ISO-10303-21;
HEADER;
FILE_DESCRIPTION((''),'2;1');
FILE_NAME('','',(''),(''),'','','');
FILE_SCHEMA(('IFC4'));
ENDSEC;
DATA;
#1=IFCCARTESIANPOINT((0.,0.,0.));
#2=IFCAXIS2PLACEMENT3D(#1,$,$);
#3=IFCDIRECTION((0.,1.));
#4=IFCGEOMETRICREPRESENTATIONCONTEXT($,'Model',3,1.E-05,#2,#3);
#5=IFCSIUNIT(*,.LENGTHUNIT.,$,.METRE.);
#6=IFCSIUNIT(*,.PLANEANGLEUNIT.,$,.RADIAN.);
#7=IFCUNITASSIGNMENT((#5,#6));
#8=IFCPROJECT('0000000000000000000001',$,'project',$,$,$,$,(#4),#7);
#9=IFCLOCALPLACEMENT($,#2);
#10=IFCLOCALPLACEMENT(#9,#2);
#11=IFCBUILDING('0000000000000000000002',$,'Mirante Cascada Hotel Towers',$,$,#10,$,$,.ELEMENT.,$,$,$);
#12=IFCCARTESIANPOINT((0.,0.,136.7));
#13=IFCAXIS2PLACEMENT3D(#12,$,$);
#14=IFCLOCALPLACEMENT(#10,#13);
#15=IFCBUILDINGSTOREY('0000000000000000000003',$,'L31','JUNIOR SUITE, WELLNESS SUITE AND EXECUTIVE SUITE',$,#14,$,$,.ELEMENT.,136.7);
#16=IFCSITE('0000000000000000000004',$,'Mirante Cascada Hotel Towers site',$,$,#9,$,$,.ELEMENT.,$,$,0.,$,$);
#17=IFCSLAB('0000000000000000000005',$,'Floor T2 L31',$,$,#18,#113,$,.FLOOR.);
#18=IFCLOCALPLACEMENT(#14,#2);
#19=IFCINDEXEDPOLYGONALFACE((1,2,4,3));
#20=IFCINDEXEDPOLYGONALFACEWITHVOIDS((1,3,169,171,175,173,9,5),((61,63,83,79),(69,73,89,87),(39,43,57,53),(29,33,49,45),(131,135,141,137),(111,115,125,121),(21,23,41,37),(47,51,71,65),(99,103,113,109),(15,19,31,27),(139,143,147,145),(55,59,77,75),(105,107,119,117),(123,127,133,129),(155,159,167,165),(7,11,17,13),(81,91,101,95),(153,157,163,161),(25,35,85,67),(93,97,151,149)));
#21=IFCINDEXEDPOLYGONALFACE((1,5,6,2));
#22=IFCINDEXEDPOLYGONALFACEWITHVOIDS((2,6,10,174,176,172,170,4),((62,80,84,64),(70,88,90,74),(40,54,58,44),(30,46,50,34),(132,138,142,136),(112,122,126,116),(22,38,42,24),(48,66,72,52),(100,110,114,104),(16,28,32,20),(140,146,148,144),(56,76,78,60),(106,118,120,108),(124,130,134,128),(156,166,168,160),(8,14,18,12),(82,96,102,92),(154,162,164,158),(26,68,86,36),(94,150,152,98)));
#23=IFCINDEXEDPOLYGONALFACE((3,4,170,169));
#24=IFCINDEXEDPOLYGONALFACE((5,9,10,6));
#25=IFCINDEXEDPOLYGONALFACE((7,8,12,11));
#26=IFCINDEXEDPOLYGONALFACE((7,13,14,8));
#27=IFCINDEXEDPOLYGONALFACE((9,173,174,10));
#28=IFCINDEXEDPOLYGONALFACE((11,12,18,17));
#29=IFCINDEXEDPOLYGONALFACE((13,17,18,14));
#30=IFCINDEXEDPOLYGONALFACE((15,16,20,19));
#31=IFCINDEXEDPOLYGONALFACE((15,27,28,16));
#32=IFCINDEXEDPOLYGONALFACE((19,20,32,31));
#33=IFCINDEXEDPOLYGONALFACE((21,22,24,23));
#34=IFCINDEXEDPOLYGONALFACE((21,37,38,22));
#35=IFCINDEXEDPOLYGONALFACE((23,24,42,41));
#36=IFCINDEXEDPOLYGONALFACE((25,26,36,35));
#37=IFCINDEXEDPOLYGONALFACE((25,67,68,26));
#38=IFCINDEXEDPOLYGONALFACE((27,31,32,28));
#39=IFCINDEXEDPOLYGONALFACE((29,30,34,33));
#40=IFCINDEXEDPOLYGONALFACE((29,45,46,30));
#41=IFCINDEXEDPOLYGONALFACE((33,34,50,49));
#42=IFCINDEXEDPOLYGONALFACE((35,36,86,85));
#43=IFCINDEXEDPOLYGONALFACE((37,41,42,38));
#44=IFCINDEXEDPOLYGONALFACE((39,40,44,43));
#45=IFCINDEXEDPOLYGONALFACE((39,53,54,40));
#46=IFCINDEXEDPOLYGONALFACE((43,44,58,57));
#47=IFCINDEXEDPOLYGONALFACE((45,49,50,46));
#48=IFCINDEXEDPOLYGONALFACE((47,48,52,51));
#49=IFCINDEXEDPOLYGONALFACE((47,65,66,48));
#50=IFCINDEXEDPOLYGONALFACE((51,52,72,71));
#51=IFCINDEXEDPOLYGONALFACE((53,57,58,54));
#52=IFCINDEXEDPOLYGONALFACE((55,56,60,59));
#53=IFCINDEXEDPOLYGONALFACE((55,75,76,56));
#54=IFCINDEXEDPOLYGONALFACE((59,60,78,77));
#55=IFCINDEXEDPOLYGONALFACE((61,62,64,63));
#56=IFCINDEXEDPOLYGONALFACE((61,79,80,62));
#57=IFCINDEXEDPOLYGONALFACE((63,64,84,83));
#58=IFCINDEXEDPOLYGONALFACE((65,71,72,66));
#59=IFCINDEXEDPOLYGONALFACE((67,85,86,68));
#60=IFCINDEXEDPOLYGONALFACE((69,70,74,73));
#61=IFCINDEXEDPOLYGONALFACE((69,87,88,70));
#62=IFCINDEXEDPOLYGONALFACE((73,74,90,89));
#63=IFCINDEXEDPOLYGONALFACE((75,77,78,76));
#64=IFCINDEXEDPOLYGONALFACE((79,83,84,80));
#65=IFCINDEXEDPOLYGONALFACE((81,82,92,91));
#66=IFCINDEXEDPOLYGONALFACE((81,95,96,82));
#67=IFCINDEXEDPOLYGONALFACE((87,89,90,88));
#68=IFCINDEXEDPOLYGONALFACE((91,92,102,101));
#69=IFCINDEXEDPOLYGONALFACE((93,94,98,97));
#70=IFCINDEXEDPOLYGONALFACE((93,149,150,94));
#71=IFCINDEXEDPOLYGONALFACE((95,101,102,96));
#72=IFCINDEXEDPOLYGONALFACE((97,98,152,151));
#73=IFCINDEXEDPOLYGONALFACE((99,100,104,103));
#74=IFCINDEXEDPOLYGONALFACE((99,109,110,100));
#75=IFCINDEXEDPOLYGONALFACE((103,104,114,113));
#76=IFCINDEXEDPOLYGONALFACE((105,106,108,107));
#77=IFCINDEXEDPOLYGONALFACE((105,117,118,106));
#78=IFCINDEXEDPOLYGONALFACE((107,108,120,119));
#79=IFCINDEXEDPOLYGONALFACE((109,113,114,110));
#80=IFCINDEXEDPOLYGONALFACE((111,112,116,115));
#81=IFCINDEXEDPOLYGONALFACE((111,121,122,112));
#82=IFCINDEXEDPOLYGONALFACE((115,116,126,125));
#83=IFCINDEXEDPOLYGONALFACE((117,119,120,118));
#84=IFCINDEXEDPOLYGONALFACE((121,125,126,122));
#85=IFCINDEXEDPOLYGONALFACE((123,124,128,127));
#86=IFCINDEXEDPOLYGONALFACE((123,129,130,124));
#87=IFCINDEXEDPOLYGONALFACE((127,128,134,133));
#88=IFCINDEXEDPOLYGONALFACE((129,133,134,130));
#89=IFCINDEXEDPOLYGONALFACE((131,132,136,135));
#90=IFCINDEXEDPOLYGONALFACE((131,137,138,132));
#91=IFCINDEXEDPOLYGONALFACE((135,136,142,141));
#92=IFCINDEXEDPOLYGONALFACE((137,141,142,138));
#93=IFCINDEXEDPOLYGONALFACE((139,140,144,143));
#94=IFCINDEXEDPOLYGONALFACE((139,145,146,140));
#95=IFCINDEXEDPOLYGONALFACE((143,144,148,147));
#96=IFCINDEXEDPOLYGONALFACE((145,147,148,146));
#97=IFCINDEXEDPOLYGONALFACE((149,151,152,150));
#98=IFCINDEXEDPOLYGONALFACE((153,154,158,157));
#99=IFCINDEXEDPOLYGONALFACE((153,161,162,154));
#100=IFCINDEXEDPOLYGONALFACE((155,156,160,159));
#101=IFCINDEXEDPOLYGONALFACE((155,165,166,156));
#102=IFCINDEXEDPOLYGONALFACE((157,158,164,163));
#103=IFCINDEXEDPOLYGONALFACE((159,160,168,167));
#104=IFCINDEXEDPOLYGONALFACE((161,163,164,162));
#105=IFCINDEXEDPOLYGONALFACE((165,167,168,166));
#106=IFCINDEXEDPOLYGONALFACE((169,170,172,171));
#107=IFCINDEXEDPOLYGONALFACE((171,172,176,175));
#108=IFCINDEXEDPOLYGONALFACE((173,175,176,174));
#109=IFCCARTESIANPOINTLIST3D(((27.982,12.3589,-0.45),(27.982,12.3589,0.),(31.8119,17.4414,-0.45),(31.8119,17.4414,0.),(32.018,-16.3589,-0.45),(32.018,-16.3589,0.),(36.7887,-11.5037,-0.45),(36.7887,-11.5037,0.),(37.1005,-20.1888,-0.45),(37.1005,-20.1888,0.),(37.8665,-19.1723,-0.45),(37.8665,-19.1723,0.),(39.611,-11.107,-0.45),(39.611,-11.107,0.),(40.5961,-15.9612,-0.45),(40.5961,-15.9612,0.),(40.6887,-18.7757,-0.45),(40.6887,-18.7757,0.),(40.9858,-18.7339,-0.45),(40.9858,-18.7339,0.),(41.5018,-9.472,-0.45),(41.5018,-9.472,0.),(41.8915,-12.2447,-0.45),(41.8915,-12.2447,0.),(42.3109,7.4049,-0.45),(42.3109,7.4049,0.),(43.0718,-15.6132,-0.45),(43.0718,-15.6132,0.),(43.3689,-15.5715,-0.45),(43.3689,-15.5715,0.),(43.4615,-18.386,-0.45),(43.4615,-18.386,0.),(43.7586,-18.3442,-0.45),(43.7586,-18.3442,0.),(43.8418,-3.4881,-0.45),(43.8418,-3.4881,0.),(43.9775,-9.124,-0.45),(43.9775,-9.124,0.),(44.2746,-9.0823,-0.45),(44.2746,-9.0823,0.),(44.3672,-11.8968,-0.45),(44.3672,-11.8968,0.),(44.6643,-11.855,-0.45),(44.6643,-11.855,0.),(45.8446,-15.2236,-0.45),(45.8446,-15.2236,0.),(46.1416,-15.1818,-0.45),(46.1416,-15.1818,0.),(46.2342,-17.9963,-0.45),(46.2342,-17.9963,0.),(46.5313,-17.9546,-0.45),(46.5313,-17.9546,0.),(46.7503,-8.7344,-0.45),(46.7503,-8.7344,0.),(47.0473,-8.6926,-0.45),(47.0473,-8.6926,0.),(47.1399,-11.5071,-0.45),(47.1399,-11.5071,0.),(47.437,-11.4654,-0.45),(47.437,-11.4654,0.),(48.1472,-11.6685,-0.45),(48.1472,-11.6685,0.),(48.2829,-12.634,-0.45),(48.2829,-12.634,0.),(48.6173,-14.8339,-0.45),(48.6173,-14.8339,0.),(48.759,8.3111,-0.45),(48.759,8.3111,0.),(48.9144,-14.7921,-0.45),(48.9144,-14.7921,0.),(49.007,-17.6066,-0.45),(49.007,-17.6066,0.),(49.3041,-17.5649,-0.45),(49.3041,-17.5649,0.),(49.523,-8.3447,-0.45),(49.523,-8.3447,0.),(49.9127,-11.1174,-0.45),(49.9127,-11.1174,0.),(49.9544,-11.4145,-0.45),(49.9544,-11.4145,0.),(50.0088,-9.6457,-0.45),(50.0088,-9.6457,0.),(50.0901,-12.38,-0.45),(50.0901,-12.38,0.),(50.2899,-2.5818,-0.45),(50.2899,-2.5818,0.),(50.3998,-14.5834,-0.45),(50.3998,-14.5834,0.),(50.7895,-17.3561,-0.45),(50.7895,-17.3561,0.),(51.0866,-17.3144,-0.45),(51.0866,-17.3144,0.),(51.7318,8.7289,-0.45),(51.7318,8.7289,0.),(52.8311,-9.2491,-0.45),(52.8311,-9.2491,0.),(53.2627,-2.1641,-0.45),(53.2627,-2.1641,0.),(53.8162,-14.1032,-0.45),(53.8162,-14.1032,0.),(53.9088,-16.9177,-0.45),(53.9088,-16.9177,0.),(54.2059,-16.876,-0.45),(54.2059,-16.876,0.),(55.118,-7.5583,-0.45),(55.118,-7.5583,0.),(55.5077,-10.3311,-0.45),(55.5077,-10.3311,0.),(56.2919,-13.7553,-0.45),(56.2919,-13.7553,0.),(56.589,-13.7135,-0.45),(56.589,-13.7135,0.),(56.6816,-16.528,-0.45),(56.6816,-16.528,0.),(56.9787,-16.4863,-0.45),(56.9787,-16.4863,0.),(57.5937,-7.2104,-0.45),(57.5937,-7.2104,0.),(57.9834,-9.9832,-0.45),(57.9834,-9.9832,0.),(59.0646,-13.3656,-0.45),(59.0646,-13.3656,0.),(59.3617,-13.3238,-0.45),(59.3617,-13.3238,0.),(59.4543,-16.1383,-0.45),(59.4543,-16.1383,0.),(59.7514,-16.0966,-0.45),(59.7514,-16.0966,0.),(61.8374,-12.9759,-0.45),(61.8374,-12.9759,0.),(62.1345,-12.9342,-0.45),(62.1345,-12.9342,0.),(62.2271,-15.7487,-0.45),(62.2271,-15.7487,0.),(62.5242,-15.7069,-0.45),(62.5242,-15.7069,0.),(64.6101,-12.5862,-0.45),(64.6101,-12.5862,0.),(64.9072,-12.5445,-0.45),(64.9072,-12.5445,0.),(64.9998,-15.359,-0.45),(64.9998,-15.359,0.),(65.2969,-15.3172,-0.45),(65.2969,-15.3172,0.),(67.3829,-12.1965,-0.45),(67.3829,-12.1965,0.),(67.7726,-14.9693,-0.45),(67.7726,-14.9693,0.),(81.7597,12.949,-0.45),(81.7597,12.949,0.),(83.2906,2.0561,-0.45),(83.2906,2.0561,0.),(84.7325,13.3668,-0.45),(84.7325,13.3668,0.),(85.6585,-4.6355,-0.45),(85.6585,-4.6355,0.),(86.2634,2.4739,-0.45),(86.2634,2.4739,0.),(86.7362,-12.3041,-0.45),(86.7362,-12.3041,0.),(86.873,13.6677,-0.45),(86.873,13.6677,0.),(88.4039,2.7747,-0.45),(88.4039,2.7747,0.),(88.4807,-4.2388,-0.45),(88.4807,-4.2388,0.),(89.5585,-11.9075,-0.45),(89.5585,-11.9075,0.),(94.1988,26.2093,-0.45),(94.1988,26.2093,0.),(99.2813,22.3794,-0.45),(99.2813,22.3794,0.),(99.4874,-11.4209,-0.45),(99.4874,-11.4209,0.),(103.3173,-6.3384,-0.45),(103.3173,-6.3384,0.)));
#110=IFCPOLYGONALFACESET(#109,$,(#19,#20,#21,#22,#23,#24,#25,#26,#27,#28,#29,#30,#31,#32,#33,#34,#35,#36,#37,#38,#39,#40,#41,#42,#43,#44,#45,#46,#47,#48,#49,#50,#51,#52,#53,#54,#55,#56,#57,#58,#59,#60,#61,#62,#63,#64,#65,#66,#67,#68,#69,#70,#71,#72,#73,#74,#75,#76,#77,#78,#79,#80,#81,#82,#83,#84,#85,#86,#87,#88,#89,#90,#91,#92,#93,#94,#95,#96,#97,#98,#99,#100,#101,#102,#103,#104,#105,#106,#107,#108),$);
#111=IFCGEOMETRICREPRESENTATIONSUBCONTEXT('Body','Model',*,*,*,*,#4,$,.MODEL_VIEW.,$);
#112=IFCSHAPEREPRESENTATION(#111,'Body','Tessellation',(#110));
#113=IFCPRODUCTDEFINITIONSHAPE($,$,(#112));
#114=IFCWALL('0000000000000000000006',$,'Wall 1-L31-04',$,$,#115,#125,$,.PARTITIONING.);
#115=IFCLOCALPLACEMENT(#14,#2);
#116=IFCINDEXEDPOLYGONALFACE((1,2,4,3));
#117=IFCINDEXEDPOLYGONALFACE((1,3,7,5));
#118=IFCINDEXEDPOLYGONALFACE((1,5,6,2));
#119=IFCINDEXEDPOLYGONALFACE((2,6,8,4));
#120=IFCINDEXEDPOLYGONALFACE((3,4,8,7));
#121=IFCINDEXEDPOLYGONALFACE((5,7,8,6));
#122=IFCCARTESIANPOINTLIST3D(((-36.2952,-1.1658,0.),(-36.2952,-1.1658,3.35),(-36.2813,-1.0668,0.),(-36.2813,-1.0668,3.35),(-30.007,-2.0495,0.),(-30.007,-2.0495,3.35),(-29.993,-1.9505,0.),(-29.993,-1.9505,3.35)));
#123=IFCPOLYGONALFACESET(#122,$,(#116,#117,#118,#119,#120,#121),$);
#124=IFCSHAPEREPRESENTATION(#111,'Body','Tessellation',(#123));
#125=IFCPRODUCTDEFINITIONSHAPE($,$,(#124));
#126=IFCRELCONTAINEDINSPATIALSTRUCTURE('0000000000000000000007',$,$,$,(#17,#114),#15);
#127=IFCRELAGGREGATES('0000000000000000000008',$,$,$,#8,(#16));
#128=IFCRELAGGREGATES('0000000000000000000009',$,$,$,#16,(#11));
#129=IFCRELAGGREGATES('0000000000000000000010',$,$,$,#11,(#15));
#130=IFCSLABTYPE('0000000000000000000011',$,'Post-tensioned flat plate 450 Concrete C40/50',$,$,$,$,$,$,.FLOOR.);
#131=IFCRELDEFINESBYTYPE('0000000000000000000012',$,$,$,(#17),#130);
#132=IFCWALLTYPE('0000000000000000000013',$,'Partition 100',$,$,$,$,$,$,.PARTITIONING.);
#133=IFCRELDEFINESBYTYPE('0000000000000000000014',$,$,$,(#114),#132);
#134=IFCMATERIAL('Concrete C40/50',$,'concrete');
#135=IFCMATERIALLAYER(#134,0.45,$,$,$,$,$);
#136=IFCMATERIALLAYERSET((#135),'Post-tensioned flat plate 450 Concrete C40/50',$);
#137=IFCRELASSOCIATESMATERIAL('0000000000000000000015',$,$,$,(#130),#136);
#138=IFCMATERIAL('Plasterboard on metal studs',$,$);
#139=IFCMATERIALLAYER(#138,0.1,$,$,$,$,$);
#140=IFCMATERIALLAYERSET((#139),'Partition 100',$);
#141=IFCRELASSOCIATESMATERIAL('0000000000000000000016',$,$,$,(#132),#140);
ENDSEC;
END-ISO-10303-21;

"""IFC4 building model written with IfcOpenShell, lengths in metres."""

from ifc_helpers import new_model, si_unit, direction, frame, frame_2d, origin, place, context, subcontext, project, spatial, polyline, rectangle, outline, extrude, material, layer, layer_set, type_object, element, save


model = new_model("IFC4")

# Units and contexts
model_context = context("Model", 3, precision=1e-05, world=origin(), true_north=direction((0.0, 1.0)))
body_context = subcontext(model_context, "Body", "Model", "MODEL_VIEW")
ifc_project = project(units=[si_unit("LENGTHUNIT", "METRE"), si_unit("PLANEANGLEUNIT", "RADIAN")], contexts=[model_context])

# Site, building, storey
site_placement = place(None, origin())
site = spatial("IfcSite", under=ifc_project, at=site_placement, Name="Mirante Cascada Hotel Towers site", CompositionType="ELEMENT", RefElevation=0.0)
building_placement = place(site_placement, origin())
building = spatial("IfcBuilding", under=site, at=building_placement, Name="Mirante Cascada Hotel Towers", CompositionType="ELEMENT")
storey_placement = place(building_placement, frame((0.0, 0.0, 136.7)))
storey = spatial("IfcBuildingStorey", under=building, at=storey_placement, Name="L31", Description="JUNIOR SUITE, WELLNESS SUITE AND EXECUTIVE SUITE", CompositionType="ELEMENT", Elevation=136.7)

# Slab
ifc_material_1 = material(Name="Concrete C40/50", Category="concrete")
ifc_layer_1 = layer(ifc_material_1, 0.45)
ifc_layer_set_1 = layer_set([ifc_layer_1], Name="Post-tensioned flat plate 450 Concrete C40/50")
slab_type = type_object("IfcSlabType", Name="Post-tensioned flat plate 450 Concrete C40/50", PredefinedType="FLOOR", material=ifc_layer_set_1)
slab_1_placement = place(storey_placement, frame((0.0, 0.0, -0.45)))
element("IfcSlab", 1, at=slab_1_placement, inside=storey, type_object=slab_type, Name="Floor T2 L31", PredefinedType="FLOOR", context=body_context, shape_type="SweptSolid", body=[
    extrude(outline(polyline([(32.018, -16.3589), (27.982, 12.3589), (31.8119, 17.4414), (94.1988, 26.2093), (99.2813, 22.3794), (103.3173, -6.3384), (99.4874, -11.4209), (37.1005, -20.1888), (32.018, -16.3589)]), holes=[polyline([(43.0718, -15.6132), (40.5961, -15.9612), (40.9858, -18.7339), (43.4615, -18.386), (43.0718, -15.6132)]), polyline([(45.8446, -15.2236), (43.3689, -15.5715), (43.7586, -18.3442), (46.2342, -17.9963), (45.8446, -15.2236)]), polyline([(48.6173, -14.8339), (46.1416, -15.1818), (46.5313, -17.9546), (49.007, -17.6066), (48.6173, -14.8339)]), polyline([(50.3998, -14.5834), (48.9144, -14.7921), (49.3041, -17.5649), (50.7895, -17.3561), (50.3998, -14.5834)]), polyline([(37.8665, -19.1723), (40.6887, -18.7757), (39.611, -11.107), (36.7887, -11.5037), (37.8665, -19.1723)]), polyline([(49.9544, -11.4145), (48.1472, -11.6685), (48.2829, -12.634), (50.0901, -12.38), (49.9544, -11.4145)]), polyline([(43.9775, -9.124), (41.5018, -9.472), (41.8915, -12.2447), (44.3672, -11.8968), (43.9775, -9.124)]), polyline([(47.1399, -11.5071), (46.7503, -8.7344), (44.2746, -9.0823), (44.6643, -11.855), (47.1399, -11.5071)]), polyline([(49.9127, -11.1174), (49.523, -8.3447), (47.0473, -8.6926), (47.437, -11.4654), (49.9127, -11.1174)]), polyline([(56.2919, -13.7553), (53.8162, -14.1032), (54.2059, -16.876), (56.6816, -16.528), (56.2919, -13.7553)]), polyline([(59.0646, -13.3656), (56.589, -13.7135), (56.9787, -16.4863), (59.4543, -16.1383), (59.0646, -13.3656)]), polyline([(61.8374, -12.9759), (59.3617, -13.3238), (59.7514, -16.0966), (62.2271, -15.7487), (61.8374, -12.9759)]), polyline([(64.6101, -12.5862), (62.1345, -12.9342), (62.5242, -15.7069), (64.9998, -15.359), (64.6101, -12.5862)]), polyline([(67.3829, -12.1965), (64.9072, -12.5445), (65.2969, -15.3172), (67.7726, -14.9693), (67.3829, -12.1965)]), polyline([(51.0866, -17.3144), (53.9088, -16.9177), (52.8311, -9.2491), (50.0088, -9.6457), (51.0866, -17.3144)]), polyline([(86.7362, -12.3041), (89.5585, -11.9075), (88.4807, -4.2388), (85.6585, -4.6355), (86.7362, -12.3041)]), polyline([(57.9834, -9.9832), (57.5937, -7.2104), (55.118, -7.5583), (55.5077, -10.3311), (57.9834, -9.9832)]), polyline([(86.873, 13.6677), (88.4039, 2.7747), (86.2634, 2.4739), (86.2634, 2.4739), (84.7325, 13.3668), (84.7325, 13.3668), (86.873, 13.6677)]), polyline([(81.7597, 12.949), (81.7597, 12.949), (83.2906, 2.0561), (83.2906, 2.0561), (53.2627, -2.1641), (53.2627, -2.1641), (51.7318, 8.7289), (81.7597, 12.949)]), polyline([(43.8418, -3.4881), (42.3109, 7.4049), (48.759, 8.3111), (50.2899, -2.5818), (50.2899, -2.5818), (43.8418, -3.4881)])]), origin(), (0.0, 0.0, 1.0), 0.45),
])

# Wall
ifc_material_2 = material(Name="Plasterboard on metal studs")
ifc_layer_2 = layer(ifc_material_2, 0.1)
ifc_layer_set_2 = layer_set([ifc_layer_2], Name="Partition 100")
wall_type = type_object("IfcWallType", Name="Partition 100", PredefinedType="PARTITIONING", material=ifc_layer_set_2)
wall_placement = place(storey_placement, frame((-30.0, -2.0, 0.0), z_axis=(0.0, 0.0, 1.0), x_axis=(-0.990269, 0.139166, 0.0)))
element("IfcWall", 2, at=wall_placement, inside=storey, type_object=wall_type, Name="Wall 1-L31-04", PredefinedType="PARTITIONING", context=body_context, shape_type="SweptSolid", body=[
    extrude(rectangle(XDim=6.35, YDim=0.1, at=frame_2d((3.175, 0.0))), origin(), (0.0, 0.0, 1.0), 3.35),
])

save(model, "model.ifc")
